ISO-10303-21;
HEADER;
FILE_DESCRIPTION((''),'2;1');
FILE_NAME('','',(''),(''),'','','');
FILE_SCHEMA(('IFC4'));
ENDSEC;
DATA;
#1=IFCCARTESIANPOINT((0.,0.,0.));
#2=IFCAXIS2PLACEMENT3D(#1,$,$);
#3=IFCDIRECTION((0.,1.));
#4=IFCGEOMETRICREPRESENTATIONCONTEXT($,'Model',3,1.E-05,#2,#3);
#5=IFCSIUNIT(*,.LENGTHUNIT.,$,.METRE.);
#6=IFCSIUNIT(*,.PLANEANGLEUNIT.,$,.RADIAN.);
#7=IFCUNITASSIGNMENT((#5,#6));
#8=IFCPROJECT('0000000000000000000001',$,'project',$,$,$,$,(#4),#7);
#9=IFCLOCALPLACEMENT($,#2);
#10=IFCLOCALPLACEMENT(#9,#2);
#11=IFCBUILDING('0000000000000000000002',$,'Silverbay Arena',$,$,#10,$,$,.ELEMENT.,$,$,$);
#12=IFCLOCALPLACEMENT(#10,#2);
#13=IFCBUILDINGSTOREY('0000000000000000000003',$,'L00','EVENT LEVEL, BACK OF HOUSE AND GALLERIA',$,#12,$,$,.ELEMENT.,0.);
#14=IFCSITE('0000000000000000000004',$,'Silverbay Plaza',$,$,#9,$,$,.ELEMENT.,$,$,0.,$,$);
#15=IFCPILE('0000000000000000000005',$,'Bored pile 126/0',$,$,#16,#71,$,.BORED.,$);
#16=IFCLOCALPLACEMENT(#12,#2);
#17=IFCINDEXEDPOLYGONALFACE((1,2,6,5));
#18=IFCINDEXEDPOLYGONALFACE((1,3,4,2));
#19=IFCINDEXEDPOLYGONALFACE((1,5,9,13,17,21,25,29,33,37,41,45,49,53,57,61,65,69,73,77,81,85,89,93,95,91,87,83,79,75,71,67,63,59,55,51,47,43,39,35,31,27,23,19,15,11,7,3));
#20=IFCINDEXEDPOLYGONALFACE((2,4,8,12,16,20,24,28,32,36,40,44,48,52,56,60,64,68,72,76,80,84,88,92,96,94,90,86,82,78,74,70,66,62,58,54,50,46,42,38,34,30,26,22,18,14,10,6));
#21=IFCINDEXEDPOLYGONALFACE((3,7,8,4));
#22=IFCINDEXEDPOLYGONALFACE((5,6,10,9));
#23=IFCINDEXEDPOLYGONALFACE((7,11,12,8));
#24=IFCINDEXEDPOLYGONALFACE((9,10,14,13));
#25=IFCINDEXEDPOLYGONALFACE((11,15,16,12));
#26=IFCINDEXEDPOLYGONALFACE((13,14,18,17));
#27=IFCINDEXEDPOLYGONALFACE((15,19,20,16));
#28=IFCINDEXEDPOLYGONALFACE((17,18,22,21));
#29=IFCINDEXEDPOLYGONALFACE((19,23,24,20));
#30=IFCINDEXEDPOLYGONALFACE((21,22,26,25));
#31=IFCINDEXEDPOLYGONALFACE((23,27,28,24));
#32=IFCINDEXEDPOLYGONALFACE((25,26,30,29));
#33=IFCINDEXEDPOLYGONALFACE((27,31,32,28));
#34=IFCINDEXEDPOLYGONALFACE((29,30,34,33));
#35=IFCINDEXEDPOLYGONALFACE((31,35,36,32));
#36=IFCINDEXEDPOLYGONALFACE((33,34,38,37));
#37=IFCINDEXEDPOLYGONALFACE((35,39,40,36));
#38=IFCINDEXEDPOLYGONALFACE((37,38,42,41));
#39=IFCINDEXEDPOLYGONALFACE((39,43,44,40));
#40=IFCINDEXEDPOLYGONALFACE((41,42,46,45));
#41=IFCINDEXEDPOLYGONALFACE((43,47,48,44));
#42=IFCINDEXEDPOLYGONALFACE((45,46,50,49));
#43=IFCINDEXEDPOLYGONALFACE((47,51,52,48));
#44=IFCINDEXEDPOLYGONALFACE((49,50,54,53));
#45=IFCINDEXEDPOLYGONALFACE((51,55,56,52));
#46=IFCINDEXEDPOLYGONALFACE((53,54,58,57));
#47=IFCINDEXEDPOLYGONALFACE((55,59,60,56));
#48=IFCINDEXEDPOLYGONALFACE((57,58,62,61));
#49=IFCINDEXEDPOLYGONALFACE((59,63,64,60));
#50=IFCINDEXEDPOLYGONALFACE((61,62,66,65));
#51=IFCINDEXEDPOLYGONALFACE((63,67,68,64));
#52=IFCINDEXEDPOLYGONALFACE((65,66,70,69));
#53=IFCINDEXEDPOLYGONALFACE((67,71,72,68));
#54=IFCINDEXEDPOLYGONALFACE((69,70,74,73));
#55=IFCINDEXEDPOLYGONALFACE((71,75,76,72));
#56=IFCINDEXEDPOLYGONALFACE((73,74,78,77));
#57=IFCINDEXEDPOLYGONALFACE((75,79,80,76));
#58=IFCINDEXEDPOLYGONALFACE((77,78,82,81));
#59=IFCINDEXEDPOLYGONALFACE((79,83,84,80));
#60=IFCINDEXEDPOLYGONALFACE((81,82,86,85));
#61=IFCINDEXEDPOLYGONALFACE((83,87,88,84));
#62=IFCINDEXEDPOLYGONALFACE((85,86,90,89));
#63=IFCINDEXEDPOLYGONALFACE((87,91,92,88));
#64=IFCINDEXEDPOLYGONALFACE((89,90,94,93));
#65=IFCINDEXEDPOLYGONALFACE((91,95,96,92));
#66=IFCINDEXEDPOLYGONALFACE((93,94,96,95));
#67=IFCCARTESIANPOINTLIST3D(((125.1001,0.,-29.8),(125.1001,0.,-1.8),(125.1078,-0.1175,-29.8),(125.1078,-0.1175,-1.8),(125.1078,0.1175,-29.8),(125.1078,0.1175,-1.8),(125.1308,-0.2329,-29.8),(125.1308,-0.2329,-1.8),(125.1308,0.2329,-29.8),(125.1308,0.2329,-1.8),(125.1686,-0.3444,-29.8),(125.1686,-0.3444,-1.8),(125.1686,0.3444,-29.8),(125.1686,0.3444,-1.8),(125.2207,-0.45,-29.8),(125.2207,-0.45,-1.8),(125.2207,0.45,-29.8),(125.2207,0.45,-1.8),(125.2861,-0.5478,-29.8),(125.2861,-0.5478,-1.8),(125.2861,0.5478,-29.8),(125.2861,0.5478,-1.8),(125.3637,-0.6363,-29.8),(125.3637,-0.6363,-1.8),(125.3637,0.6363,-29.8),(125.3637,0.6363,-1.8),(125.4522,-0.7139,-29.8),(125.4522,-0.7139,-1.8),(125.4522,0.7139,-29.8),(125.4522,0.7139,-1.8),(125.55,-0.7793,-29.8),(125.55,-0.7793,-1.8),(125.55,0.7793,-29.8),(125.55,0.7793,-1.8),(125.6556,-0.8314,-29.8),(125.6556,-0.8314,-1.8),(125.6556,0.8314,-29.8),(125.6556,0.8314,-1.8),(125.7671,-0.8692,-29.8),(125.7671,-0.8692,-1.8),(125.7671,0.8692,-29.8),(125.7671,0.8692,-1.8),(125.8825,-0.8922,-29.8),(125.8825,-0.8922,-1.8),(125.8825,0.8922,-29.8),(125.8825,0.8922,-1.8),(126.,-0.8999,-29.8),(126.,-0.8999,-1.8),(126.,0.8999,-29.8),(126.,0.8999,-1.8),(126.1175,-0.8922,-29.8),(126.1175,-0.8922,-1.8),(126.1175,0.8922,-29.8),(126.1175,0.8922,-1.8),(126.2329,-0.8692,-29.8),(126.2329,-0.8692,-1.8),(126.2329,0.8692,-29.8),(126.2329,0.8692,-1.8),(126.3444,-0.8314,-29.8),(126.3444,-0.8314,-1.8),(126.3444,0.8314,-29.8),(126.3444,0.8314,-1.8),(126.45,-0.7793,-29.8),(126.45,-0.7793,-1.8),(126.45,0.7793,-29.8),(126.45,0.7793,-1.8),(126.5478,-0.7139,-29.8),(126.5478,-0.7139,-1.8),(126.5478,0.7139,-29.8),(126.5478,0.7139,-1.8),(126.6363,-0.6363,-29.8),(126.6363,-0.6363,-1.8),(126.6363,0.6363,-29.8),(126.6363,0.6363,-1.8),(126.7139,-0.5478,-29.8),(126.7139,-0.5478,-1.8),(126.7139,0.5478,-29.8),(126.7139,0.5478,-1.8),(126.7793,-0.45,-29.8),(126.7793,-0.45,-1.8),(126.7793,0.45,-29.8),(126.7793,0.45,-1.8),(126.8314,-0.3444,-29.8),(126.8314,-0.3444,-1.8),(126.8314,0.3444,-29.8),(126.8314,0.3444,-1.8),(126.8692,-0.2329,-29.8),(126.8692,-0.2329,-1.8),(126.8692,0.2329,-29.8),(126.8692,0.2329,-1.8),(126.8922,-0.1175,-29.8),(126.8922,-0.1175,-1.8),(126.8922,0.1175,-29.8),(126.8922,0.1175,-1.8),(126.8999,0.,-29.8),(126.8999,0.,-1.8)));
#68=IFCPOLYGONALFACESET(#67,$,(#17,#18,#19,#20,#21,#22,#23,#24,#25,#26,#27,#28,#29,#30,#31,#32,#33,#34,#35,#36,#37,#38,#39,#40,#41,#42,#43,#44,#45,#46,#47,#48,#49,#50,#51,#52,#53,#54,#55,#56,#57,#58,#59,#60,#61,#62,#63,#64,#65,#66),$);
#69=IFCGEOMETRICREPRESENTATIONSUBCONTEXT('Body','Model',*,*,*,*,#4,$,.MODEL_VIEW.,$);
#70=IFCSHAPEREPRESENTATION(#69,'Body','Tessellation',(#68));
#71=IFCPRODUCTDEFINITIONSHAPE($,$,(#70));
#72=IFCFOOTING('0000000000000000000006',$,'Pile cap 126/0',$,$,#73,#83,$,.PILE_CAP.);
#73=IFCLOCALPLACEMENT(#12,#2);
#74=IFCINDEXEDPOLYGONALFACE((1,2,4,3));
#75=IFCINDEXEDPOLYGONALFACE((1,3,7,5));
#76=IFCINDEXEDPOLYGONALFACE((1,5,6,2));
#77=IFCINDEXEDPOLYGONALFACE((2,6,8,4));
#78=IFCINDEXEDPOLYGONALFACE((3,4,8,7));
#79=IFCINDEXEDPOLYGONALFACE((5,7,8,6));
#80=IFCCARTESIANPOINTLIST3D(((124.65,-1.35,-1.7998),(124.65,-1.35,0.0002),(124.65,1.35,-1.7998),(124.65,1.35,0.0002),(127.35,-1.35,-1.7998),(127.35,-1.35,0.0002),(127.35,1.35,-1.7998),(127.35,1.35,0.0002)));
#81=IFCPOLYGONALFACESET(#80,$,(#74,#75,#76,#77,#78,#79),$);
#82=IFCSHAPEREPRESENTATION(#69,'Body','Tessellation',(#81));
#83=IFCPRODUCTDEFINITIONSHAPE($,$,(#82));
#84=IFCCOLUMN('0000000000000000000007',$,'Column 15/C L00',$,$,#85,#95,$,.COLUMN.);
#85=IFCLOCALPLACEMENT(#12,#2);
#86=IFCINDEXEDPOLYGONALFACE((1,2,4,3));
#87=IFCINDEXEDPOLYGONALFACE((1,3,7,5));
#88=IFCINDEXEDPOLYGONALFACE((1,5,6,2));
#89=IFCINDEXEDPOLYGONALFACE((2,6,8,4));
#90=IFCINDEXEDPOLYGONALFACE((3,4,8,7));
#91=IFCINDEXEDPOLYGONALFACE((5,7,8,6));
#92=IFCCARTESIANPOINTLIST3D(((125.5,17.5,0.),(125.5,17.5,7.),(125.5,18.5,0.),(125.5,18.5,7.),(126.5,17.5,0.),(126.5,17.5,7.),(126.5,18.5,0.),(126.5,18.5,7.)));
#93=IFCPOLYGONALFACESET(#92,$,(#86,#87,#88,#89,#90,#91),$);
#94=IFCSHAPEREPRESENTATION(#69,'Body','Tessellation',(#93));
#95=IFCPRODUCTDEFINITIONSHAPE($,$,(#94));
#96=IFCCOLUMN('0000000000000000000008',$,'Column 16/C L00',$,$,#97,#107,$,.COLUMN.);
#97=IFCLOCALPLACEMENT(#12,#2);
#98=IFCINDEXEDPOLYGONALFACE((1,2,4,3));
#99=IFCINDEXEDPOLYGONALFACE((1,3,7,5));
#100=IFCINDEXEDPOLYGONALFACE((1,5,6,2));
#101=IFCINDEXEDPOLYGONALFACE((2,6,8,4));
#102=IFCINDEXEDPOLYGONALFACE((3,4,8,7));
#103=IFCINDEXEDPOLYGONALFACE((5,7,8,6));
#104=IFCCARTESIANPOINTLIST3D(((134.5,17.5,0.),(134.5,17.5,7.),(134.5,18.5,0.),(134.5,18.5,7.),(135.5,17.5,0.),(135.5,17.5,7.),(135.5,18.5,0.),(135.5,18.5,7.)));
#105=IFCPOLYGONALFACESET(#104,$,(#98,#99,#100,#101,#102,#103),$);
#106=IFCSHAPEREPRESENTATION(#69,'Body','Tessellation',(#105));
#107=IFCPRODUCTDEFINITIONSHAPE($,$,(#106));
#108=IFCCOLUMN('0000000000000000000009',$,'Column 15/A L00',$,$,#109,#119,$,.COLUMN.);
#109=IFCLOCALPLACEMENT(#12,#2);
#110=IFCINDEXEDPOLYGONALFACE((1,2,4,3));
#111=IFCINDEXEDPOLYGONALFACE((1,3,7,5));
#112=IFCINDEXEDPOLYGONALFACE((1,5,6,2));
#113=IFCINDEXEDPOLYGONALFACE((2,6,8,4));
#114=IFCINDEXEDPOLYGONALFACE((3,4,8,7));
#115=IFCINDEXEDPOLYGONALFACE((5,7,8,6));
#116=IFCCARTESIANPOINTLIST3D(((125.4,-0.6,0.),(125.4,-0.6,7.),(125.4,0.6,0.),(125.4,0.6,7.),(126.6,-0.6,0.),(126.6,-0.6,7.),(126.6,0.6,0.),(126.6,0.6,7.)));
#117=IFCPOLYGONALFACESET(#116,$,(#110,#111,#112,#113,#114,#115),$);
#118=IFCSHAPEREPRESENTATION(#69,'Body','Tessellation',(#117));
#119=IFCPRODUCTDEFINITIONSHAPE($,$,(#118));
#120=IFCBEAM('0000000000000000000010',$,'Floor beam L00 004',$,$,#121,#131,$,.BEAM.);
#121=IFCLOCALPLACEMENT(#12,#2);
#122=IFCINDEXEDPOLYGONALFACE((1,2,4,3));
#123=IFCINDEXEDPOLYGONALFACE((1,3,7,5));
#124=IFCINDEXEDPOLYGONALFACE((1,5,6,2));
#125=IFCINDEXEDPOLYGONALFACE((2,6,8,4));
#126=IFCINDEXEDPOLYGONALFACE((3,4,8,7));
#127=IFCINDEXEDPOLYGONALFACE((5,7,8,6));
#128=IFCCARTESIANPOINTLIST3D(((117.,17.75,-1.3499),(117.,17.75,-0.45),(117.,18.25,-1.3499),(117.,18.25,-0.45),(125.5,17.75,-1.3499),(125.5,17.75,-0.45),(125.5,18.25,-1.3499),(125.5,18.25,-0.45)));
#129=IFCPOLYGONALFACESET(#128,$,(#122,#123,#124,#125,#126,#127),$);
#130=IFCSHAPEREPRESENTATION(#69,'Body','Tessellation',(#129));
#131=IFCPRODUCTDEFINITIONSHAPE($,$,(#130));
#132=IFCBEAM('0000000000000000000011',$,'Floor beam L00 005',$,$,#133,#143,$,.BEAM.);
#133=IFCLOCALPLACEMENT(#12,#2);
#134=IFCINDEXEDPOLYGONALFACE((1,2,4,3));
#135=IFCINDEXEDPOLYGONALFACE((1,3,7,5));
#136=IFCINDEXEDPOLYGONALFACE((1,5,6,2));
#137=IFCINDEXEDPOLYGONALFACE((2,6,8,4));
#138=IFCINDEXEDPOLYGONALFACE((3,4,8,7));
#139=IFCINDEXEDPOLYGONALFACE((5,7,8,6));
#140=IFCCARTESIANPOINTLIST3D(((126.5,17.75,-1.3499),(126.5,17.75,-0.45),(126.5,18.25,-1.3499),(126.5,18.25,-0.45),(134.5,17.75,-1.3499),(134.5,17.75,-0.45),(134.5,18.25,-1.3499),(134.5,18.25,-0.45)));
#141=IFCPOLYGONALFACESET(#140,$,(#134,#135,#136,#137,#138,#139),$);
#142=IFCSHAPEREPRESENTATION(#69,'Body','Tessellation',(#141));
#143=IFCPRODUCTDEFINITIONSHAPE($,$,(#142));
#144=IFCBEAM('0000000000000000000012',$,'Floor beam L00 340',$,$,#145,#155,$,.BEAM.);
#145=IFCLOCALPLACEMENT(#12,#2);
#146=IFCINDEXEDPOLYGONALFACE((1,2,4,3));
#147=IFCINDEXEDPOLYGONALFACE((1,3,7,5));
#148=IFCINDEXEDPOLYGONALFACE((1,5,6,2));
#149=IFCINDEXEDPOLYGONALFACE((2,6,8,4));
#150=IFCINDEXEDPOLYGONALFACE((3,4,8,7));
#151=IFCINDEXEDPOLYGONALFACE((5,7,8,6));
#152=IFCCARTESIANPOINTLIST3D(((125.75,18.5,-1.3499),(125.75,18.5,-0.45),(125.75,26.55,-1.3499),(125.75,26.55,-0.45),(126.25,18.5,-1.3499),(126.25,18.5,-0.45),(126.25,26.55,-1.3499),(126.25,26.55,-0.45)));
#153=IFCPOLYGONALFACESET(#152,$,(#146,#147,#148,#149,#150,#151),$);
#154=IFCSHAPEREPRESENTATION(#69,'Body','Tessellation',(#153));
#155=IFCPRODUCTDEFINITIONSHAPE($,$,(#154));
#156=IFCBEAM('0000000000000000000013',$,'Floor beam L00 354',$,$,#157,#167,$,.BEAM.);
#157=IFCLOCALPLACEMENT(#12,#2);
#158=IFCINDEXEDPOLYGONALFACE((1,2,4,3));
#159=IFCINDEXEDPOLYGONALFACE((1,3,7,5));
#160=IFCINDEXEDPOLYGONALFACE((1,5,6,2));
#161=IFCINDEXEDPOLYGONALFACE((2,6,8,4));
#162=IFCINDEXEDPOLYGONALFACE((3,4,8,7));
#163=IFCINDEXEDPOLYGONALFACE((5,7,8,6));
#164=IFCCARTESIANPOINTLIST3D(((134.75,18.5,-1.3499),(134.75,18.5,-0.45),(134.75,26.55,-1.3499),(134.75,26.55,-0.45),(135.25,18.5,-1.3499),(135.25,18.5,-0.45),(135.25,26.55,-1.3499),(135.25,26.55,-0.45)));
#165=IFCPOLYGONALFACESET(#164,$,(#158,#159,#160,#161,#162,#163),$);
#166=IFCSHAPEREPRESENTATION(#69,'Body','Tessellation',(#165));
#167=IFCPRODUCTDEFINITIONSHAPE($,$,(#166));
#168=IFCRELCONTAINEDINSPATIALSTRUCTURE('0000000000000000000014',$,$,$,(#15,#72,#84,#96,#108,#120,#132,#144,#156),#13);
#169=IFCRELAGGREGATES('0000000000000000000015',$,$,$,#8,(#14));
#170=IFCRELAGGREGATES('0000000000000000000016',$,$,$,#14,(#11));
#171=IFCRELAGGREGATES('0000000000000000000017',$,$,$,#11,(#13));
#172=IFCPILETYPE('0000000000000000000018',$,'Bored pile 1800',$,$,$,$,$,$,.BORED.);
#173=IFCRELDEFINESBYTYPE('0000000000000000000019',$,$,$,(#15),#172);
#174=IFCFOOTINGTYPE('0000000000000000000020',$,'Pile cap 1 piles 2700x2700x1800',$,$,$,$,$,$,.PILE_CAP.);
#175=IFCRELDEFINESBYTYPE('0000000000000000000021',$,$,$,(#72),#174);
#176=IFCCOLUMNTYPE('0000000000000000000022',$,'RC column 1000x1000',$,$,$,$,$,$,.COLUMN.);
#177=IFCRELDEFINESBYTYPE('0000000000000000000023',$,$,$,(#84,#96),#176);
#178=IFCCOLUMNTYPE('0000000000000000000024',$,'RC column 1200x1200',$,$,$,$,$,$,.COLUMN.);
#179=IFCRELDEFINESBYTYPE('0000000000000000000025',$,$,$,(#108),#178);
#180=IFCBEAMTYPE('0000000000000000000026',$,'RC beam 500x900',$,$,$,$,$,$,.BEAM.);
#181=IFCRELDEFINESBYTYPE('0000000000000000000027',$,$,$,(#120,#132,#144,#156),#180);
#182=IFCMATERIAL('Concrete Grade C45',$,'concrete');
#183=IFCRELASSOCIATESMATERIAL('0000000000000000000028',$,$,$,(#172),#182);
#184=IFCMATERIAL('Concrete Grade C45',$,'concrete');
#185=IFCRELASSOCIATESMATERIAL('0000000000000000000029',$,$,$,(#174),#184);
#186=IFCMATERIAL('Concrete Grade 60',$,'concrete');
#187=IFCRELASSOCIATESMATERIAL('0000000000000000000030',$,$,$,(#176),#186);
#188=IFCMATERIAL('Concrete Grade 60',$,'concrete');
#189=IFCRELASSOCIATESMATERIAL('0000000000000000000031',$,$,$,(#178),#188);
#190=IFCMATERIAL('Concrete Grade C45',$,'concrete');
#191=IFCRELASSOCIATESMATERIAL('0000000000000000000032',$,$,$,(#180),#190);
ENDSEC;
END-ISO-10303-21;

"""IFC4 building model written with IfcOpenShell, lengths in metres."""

from ifc_helpers import new_model, si_unit, direction, frame, origin, origin_2d, place, context, subcontext, project, spatial, rectangle, circle, extrude, material, material_profile, profile_set, type_object, element, save


model = new_model("IFC4")

# Units and contexts
model_context = context("Model", 3, precision=1e-05, world=origin(), true_north=direction((0.0, 1.0)))
body_context = subcontext(model_context, "Body", "Model", "MODEL_VIEW")
ifc_project = project(units=[si_unit("LENGTHUNIT", "METRE"), si_unit("PLANEANGLEUNIT", "RADIAN")], contexts=[model_context])

# Site, building, storey
site_placement = place(None, origin())
site = spatial("IfcSite", under=ifc_project, at=site_placement, Name="Silverbay Plaza", CompositionType="ELEMENT", RefElevation=0.0)
building_placement = place(site_placement, origin())
building = spatial("IfcBuilding", under=site, at=building_placement, Name="Silverbay Arena", CompositionType="ELEMENT")
storey_placement = place(building_placement, origin())
storey = spatial("IfcBuildingStorey", under=building, at=storey_placement, Name="L00", Description="EVENT LEVEL, BACK OF HOUSE AND GALLERIA", CompositionType="ELEMENT", Elevation=0.0)

# Pile
ifc_material_1 = material(Name="Concrete Grade C45", Category="concrete")
ifc_material_profile_1 = material_profile(ifc_material_1, circle(Radius=0.8999, at=origin_2d()), Name="Bored pile 1800")
ifc_profile_set_1 = profile_set([ifc_material_profile_1], Name="Concrete Grade C45")
pile_type = type_object("IfcPileType", Name="Bored pile 1800", PredefinedType="BORED", material=ifc_profile_set_1)
pile_placement = place(storey_placement, frame((126.0, 0.0, -1.8), z_axis=(0.0, 0.0, -1.0), x_axis=(1.0, 0.0, 0.0)))
element("IfcPile", 1, at=pile_placement, inside=storey, type_object=pile_type, Name="Bored pile 126/0", PredefinedType="BORED", context=body_context, shape_type="SweptSolid", body=[
    extrude(circle(Radius=0.8999, at=origin_2d()), origin(), (0.0, 0.0, 1.0), 28.0),
])

# Footing
ifc_material_2 = material(Name="Concrete Grade C45", Category="concrete")
footing_type = type_object("IfcFootingType", Name="Pile cap 1 piles 2700x2700x1800", PredefinedType="PILE_CAP", material=ifc_material_2)
footing_placement = place(storey_placement, frame((126.0, 0.0, -1.7998), z_axis=(0.0, 0.0, 1.0), x_axis=(1.0, 0.0, 0.0)))
element("IfcFooting", 2, at=footing_placement, inside=storey, type_object=footing_type, Name="Pile cap 126/0", PredefinedType="PILE_CAP", context=body_context, shape_type="SweptSolid", body=[
    extrude(rectangle(XDim=2.7, YDim=2.7, at=origin_2d()), origin(), (0.0, 0.0, 1.0), 1.8),
])

# Columns
ifc_material_3 = material(Name="Concrete Grade 60", Category="concrete")
ifc_material_profile_2 = material_profile(ifc_material_3, rectangle(XDim=1.0, YDim=1.0, at=origin_2d()), Name="RC 1000x1000")
ifc_profile_set_2 = profile_set([ifc_material_profile_2], Name="Concrete Grade 60")
column_type_1 = type_object("IfcColumnType", Name="RC column 1000x1000", PredefinedType="COLUMN", material=ifc_profile_set_2)
for number, where, z_axis, x_axis, name in (
    (3, (126.0, 18.0, 0.0), (0.0, 0.0, 1.0), (1.0, 0.0, 0.0), "Column 15/C L00"),
    (4, (135.0, 18.0, 0.0), (0.0, 0.0, 1.0), (1.0, 0.0, 0.0), "Column 16/C L00"),
):
    element("IfcColumn", number, at=place(storey_placement, frame(where, z_axis=z_axis, x_axis=x_axis)), inside=storey, type_object=column_type_1, Name=name, PredefinedType="COLUMN", context=body_context, shape_type="SweptSolid", body=[
        extrude(rectangle(XDim=1.0, YDim=1.0, at=origin_2d()), origin(), (0.0, 0.0, 1.0), 7.0),
    ])
ifc_material_4 = material(Name="Concrete Grade 60", Category="concrete")
ifc_material_profile_3 = material_profile(ifc_material_4, rectangle(XDim=1.2, YDim=1.2, at=origin_2d()), Name="RC 1200x1200")
ifc_profile_set_3 = profile_set([ifc_material_profile_3], Name="Concrete Grade 60")
column_type_2 = type_object("IfcColumnType", Name="RC column 1200x1200", PredefinedType="COLUMN", material=ifc_profile_set_3)
column_placement = place(storey_placement, frame((126.0, 0.0, 0.0), z_axis=(0.0, 0.0, 1.0), x_axis=(1.0, 0.0, 0.0)))
element("IfcColumn", 5, at=column_placement, inside=storey, type_object=column_type_2, Name="Column 15/A L00", PredefinedType="COLUMN", context=body_context, shape_type="SweptSolid", body=[
    extrude(rectangle(XDim=1.2, YDim=1.2, at=origin_2d()), origin(), (0.0, 0.0, 1.0), 7.0),
])

# Beams
ifc_material_5 = material(Name="Concrete Grade C45", Category="concrete")
ifc_material_profile_4 = material_profile(ifc_material_5, rectangle(XDim=0.5, YDim=0.8999, at=origin_2d()), Name="RC 500x900")
ifc_profile_set_4 = profile_set([ifc_material_profile_4], Name="Concrete Grade C45")
beam_type = type_object("IfcBeamType", Name="RC beam 500x900", PredefinedType="BEAM", material=ifc_profile_set_4)
beam_1_placement = place(storey_placement, frame((117.0, 18.0, -0.8999), z_axis=(1.0, 0.0, 0.0), x_axis=(0.0, 1.0, 0.0)))
element("IfcBeam", 6, at=beam_1_placement, inside=storey, type_object=beam_type, Name="Floor beam L00 004", PredefinedType="BEAM", context=body_context, shape_type="SweptSolid", body=[
    extrude(rectangle(XDim=0.5, YDim=0.8999, at=origin_2d()), origin(), (0.0, 0.0, 1.0), 8.5),
])
beam_2_placement = place(storey_placement, frame((126.5, 18.0, -0.8999), z_axis=(1.0, 0.0, 0.0), x_axis=(0.0, 1.0, 0.0)))
element("IfcBeam", 7, at=beam_2_placement, inside=storey, type_object=beam_type, Name="Floor beam L00 005", PredefinedType="BEAM", context=body_context, shape_type="SweptSolid", body=[
    extrude(rectangle(XDim=0.5, YDim=0.8999, at=origin_2d()), origin(), (0.0, 0.0, 1.0), 8.0),
])
for number, where, z_axis, x_axis, name in (
    (8, (126.0, 18.5, -0.8999), (0.0, 1.0, 0.0), (-1.0, 0.0, 0.0), "Floor beam L00 340"),
    (9, (135.0, 18.5, -0.8999), (0.0, 1.0, 0.0), (-1.0, 0.0, 0.0), "Floor beam L00 354"),
):
    element("IfcBeam", number, at=place(storey_placement, frame(where, z_axis=z_axis, x_axis=x_axis)), inside=storey, type_object=beam_type, Name=name, PredefinedType="BEAM", context=body_context, shape_type="SweptSolid", body=[
        extrude(rectangle(XDim=0.5, YDim=0.8999, at=origin_2d()), origin(), (0.0, 0.0, 1.0), 8.05),
    ])

save(model, "model.ifc")
